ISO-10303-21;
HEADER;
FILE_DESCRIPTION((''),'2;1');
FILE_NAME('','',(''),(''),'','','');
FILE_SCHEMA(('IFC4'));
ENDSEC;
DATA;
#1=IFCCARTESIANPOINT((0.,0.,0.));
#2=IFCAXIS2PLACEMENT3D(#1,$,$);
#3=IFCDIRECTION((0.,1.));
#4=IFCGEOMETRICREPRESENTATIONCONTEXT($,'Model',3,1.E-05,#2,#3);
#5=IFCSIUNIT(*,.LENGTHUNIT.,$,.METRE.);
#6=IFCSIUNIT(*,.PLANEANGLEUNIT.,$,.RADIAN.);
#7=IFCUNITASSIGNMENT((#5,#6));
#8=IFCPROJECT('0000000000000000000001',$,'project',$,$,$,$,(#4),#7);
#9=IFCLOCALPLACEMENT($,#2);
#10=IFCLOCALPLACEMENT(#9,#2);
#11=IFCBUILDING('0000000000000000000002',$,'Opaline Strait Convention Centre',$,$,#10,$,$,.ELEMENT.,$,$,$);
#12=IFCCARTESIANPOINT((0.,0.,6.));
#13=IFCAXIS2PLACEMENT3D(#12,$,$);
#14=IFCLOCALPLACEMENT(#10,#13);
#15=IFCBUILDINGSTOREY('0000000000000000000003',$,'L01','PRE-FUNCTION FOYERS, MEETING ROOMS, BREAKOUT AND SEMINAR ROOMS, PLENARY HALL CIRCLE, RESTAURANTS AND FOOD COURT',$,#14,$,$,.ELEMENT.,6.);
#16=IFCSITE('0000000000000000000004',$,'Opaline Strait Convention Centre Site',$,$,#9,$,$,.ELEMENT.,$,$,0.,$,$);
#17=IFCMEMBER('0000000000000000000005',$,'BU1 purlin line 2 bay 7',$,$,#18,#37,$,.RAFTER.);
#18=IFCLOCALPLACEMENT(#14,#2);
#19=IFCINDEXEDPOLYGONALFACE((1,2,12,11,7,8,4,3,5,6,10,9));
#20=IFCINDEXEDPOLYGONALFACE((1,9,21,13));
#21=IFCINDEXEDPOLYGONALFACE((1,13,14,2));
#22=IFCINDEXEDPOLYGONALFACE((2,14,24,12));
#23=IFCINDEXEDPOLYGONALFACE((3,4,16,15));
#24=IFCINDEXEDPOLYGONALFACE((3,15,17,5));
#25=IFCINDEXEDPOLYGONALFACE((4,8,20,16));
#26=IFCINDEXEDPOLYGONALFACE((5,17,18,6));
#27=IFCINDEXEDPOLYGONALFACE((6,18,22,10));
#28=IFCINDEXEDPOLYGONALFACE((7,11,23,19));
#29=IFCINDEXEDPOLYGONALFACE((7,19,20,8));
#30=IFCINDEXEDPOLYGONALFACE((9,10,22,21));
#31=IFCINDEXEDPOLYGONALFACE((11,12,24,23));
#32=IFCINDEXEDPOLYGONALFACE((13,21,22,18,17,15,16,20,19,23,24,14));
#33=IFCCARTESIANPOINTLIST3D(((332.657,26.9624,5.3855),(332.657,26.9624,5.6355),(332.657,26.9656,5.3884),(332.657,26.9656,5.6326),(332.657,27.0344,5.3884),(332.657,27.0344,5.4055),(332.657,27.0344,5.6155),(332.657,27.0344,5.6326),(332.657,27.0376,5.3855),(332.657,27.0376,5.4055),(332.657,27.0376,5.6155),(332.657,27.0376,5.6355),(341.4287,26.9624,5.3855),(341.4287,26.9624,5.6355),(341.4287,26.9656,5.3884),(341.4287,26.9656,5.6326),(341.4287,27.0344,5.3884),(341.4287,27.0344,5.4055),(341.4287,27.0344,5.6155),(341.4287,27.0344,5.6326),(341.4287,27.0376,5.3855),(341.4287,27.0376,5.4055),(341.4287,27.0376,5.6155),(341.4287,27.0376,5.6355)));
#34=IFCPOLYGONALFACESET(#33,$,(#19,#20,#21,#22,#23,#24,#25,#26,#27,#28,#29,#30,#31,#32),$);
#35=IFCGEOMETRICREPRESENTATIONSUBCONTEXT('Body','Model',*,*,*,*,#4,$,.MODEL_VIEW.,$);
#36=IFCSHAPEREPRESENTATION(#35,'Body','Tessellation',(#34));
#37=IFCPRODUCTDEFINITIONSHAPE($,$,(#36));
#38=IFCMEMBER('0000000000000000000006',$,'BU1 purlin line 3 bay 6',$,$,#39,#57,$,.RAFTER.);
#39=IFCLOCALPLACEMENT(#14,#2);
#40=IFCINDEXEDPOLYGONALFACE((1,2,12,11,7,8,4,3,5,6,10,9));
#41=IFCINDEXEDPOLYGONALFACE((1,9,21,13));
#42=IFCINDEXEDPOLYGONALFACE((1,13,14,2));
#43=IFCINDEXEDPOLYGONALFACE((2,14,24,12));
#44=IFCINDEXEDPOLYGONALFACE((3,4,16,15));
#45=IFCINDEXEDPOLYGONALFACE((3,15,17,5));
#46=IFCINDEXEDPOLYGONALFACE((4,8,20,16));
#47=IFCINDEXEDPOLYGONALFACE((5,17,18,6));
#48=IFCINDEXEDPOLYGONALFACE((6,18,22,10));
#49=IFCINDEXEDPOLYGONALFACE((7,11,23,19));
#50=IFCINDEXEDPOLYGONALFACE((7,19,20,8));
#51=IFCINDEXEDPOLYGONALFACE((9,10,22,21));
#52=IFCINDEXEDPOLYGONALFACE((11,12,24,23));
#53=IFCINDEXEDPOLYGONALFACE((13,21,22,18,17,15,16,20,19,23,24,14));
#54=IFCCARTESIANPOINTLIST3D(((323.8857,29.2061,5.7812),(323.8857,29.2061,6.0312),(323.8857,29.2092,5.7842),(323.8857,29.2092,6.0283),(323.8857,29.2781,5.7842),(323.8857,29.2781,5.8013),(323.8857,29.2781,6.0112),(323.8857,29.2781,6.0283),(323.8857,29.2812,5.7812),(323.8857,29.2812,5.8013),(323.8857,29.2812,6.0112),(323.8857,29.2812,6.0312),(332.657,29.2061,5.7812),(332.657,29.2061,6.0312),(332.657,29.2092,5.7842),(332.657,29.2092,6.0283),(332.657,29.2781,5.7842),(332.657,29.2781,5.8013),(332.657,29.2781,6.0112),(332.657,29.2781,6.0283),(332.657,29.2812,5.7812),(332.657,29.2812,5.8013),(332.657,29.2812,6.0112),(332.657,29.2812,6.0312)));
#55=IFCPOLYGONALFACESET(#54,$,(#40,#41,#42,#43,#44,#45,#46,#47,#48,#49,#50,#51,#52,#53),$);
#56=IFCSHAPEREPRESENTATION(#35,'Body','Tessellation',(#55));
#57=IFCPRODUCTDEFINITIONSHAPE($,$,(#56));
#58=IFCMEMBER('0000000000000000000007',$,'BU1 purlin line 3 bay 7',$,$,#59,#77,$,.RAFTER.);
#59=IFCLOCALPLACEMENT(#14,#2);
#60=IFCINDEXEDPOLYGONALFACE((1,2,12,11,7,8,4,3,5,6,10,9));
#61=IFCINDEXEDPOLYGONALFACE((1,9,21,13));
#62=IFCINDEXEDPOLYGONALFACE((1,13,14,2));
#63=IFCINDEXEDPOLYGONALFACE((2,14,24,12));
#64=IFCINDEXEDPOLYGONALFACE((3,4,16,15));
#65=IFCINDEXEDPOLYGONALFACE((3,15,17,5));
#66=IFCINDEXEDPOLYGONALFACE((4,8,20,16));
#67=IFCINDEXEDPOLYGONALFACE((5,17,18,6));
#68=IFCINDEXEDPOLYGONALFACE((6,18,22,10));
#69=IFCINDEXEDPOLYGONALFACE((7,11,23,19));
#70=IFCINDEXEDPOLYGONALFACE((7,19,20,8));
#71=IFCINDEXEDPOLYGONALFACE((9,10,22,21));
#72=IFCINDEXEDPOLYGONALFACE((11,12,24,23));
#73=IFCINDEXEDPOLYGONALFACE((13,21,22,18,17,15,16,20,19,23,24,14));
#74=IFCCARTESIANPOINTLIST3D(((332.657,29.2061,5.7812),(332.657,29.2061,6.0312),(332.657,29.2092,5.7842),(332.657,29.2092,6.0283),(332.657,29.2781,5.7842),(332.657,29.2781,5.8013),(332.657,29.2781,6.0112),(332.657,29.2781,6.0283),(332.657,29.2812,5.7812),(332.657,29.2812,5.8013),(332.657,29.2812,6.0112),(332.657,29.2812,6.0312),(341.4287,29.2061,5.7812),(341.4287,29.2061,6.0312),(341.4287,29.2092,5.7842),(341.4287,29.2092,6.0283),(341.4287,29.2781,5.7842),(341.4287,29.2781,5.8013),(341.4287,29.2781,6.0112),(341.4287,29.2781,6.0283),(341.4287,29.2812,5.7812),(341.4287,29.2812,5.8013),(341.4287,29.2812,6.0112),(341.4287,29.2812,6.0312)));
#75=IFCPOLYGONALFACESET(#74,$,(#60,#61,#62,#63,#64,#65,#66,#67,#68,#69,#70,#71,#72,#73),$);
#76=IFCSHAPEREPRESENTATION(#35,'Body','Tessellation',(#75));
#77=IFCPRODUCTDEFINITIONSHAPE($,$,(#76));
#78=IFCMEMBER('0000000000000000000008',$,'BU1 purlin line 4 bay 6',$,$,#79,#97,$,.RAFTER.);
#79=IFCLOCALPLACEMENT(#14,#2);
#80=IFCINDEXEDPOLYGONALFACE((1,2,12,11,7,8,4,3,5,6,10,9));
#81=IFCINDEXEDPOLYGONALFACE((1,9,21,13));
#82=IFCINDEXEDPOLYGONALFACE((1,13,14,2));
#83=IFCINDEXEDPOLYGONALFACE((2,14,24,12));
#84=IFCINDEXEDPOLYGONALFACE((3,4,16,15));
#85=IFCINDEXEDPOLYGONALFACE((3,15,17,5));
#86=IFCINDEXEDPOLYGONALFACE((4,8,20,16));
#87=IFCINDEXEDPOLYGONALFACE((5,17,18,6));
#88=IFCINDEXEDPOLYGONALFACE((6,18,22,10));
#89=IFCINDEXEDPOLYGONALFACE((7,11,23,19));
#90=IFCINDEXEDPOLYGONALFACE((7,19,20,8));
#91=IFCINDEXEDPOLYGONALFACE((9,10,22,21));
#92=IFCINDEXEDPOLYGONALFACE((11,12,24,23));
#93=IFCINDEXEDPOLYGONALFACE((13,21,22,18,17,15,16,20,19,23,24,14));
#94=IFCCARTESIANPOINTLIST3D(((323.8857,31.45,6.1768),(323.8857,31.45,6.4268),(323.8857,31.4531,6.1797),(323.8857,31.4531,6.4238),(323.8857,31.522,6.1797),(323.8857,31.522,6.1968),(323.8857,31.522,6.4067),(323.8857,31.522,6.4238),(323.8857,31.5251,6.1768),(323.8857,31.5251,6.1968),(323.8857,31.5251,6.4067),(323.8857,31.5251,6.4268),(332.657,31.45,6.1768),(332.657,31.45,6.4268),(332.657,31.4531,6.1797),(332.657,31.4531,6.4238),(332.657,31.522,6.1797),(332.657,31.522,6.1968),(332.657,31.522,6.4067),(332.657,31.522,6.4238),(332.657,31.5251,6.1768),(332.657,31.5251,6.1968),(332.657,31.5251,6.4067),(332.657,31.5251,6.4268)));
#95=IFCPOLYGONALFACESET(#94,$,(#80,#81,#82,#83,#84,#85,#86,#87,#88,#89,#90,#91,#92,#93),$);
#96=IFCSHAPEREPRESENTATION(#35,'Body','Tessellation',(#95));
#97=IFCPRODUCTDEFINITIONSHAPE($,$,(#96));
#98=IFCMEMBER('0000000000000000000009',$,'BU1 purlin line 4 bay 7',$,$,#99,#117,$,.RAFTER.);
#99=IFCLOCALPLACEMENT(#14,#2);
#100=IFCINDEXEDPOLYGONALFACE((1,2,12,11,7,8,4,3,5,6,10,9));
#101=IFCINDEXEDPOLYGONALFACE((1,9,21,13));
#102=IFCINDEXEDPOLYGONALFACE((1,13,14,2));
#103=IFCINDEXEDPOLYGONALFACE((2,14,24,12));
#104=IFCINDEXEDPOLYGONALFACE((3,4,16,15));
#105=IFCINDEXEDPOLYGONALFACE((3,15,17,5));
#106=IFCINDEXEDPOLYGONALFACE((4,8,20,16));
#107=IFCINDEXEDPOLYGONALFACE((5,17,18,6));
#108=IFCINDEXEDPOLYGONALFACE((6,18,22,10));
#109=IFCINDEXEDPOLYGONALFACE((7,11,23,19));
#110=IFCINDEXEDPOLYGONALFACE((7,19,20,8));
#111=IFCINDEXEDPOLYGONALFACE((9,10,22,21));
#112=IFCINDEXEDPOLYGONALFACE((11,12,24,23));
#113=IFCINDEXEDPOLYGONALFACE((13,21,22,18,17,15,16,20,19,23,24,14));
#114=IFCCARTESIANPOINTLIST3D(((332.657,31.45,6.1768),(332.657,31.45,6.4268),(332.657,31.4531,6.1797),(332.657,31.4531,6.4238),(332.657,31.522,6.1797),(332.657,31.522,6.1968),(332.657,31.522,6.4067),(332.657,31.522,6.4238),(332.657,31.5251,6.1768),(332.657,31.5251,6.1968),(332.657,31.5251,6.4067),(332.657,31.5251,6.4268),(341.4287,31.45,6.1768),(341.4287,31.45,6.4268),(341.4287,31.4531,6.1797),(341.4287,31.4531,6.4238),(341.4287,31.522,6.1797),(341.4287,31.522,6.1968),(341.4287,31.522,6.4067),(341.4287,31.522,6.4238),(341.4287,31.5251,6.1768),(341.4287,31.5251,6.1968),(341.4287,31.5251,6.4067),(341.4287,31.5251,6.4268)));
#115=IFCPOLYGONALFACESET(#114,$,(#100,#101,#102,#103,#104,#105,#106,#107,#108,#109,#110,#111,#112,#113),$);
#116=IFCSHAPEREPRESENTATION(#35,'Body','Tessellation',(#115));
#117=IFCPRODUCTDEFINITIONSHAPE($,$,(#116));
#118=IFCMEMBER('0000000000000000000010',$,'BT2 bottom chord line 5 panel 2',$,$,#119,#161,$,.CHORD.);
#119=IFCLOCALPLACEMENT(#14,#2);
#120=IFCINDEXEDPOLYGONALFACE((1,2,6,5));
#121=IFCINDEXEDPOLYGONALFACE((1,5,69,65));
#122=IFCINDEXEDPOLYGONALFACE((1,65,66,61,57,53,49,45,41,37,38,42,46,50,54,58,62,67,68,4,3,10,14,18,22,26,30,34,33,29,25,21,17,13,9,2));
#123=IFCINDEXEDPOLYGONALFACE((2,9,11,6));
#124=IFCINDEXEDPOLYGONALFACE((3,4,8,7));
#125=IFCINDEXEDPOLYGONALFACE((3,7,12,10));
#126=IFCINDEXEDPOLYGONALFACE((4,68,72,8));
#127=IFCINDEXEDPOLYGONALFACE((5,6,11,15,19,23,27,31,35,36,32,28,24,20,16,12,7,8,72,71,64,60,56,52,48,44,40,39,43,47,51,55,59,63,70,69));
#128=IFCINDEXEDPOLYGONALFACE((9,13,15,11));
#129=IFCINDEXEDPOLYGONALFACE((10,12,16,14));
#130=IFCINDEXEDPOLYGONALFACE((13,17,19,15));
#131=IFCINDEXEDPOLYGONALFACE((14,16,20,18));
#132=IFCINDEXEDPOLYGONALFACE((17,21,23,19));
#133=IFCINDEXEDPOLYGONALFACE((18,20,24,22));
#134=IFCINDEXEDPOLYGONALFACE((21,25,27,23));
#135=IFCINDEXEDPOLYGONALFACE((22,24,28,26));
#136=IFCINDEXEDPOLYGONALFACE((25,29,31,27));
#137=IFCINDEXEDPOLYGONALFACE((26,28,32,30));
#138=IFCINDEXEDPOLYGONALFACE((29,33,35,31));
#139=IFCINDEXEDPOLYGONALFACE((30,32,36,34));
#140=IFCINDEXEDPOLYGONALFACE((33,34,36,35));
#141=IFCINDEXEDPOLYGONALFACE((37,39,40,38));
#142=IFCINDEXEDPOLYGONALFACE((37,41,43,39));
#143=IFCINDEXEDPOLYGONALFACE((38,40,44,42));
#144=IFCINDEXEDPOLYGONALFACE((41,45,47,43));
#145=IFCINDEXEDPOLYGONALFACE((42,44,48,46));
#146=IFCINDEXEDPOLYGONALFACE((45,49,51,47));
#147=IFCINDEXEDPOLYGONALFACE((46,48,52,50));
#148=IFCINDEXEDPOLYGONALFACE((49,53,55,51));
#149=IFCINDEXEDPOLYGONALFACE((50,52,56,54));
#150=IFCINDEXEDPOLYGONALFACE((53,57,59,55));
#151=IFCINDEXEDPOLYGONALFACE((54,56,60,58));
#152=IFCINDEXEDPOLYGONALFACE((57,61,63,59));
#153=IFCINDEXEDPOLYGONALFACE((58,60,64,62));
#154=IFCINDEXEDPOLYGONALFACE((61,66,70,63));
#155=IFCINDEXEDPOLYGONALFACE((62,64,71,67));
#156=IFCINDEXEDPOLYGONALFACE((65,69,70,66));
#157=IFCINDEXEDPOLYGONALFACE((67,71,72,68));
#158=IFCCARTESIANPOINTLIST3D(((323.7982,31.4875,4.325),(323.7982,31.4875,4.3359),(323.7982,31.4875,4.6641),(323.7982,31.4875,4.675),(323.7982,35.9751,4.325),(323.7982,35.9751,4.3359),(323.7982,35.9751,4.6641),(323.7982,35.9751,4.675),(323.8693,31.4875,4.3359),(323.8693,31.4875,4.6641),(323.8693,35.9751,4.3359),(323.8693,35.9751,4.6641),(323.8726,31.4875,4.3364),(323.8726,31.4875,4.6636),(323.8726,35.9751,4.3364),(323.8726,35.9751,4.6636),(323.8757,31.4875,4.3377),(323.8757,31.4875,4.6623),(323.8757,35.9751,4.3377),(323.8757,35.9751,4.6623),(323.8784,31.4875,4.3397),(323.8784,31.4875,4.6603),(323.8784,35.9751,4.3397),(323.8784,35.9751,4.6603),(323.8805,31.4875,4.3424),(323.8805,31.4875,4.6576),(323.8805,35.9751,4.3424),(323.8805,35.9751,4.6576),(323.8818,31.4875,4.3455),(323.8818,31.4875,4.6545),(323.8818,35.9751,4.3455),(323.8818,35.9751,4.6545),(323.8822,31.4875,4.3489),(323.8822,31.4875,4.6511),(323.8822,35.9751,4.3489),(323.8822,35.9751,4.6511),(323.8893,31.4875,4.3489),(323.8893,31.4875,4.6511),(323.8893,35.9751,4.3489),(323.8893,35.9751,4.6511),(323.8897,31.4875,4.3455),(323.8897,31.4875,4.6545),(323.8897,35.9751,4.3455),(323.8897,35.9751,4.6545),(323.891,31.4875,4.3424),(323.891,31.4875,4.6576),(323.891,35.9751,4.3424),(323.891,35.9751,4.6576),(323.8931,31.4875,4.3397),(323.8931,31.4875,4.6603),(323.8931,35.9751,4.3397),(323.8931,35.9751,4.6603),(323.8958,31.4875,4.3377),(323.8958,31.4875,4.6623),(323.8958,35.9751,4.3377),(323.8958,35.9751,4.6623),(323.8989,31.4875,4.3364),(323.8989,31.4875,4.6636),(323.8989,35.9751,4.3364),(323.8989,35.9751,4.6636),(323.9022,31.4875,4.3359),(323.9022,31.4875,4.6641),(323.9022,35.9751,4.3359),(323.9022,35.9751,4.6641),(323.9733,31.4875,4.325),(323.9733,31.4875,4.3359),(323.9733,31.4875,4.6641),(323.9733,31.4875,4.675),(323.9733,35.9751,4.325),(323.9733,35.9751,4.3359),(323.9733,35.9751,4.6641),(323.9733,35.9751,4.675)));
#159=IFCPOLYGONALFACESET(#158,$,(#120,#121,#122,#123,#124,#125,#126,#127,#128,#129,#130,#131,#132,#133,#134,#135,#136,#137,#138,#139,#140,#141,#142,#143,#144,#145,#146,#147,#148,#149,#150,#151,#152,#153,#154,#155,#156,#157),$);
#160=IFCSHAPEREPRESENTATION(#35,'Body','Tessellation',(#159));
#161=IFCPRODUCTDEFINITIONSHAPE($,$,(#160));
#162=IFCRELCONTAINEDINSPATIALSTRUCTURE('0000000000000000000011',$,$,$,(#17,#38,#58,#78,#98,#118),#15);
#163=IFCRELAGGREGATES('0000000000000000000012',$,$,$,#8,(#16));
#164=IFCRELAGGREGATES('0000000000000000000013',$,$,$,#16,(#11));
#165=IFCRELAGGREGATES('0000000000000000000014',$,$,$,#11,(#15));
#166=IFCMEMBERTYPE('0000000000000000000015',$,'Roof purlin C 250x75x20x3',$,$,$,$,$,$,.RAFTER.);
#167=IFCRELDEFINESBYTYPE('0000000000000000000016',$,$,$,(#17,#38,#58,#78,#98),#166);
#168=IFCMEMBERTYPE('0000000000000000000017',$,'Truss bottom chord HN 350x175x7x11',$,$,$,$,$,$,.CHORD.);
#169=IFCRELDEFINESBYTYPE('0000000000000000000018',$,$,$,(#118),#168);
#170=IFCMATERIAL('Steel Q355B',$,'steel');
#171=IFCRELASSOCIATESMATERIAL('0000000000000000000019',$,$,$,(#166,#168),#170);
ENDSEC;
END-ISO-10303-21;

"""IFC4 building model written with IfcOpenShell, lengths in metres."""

from ifc_helpers import new_model, si_unit, direction, frame, origin, origin_2d, place, context, subcontext, project, spatial, polyline, i_section, outline, extrude, material, material_profile, profile_set, type_object, element, save


model = new_model("IFC4")

# Units and contexts
model_context = context("Model", 3, precision=1e-05, world=origin(), true_north=direction((0.0, 1.0)))
body_context = subcontext(model_context, "Body", "Model", "MODEL_VIEW")
ifc_project = project(units=[si_unit("LENGTHUNIT", "METRE"), si_unit("PLANEANGLEUNIT", "RADIAN")], contexts=[model_context])

# Site, building, storey
site_placement = place(None, origin())
site = spatial("IfcSite", under=ifc_project, at=site_placement, Name="Opaline Strait Convention Centre Site", CompositionType="ELEMENT", RefElevation=0.0)
building_placement = place(site_placement, origin())
building = spatial("IfcBuilding", under=site, at=building_placement, Name="Opaline Strait Convention Centre", CompositionType="ELEMENT")
storey_placement = place(building_placement, frame((0.0, 0.0, 6.0)))
storey = spatial("IfcBuildingStorey", under=building, at=storey_placement, Name="L01", Description="PRE-FUNCTION FOYERS, MEETING ROOMS, BREAKOUT AND SEMINAR ROOMS, PLENARY HALL CIRCLE, RESTAURANTS AND FOOD COURT", CompositionType="ELEMENT", Elevation=6.0)

# Members
ifc_material_1 = material(Name="Steel Q355B", Category="steel")
ifc_material_profile_1 = material_profile(ifc_material_1, outline(polyline([(-0.0376, -0.125), (0.0376, -0.125), (0.0376, -0.105), (0.0344, -0.105), (0.0344, -0.1221), (-0.0344, -0.1221), (-0.0344, 0.1221), (0.0344, 0.1221), (0.0344, 0.105), (0.0376, 0.105), (0.0376, 0.125), (-0.0376, 0.125), (-0.0376, -0.125)])), Name="C 250x75x20x3")
ifc_profile_set_1 = profile_set([ifc_material_profile_1], Name="Steel Q355B")
member_type_1 = type_object("IfcMemberType", Name="Roof purlin C 250x75x20x3", PredefinedType="RAFTER", material=ifc_profile_set_1)
member_1_placement = place(storey_placement, frame((332.657, 27.0, 5.5105), z_axis=(1.0, 0.0, 0.0), x_axis=(0.0, 1.0, 0.0)))
element("IfcMember", 1, at=member_1_placement, inside=storey, type_object=member_type_1, Name="BU1 purlin line 2 bay 7", PredefinedType="RAFTER", context=body_context, shape_type="SweptSolid", body=[
    extrude(outline(polyline([(-0.0376, -0.125), (0.0376, -0.125), (0.0376, -0.105), (0.0344, -0.105), (0.0344, -0.1221), (-0.0344, -0.1221), (-0.0344, 0.1221), (0.0344, 0.1221), (0.0344, 0.105), (0.0376, 0.105), (0.0376, 0.125), (-0.0376, 0.125), (-0.0376, -0.125)])), origin(), (0.0, 0.0, 1.0), 8.7717),
])
member_2_placement = place(storey_placement, frame((323.8857, 29.2437, 5.9062), z_axis=(1.0, 0.0, 0.0), x_axis=(0.0, 1.0, 0.0)))
element("IfcMember", 2, at=member_2_placement, inside=storey, type_object=member_type_1, Name="BU1 purlin line 3 bay 6", PredefinedType="RAFTER", context=body_context, shape_type="SweptSolid", body=[
    extrude(outline(polyline([(-0.0376, -0.125), (0.0376, -0.125), (0.0376, -0.105), (0.0344, -0.105), (0.0344, -0.1221), (-0.0344, -0.1221), (-0.0344, 0.1221), (0.0344, 0.1221), (0.0344, 0.105), (0.0376, 0.105), (0.0376, 0.125), (-0.0376, 0.125), (-0.0376, -0.125)])), origin(), (0.0, 0.0, 1.0), 8.7712),
])
member_3_placement = place(storey_placement, frame((332.657, 29.2437, 5.9062), z_axis=(1.0, 0.0, 0.0), x_axis=(0.0, 1.0, 0.0)))
element("IfcMember", 3, at=member_3_placement, inside=storey, type_object=member_type_1, Name="BU1 purlin line 3 bay 7", PredefinedType="RAFTER", context=body_context, shape_type="SweptSolid", body=[
    extrude(outline(polyline([(-0.0376, -0.125), (0.0376, -0.125), (0.0376, -0.105), (0.0344, -0.105), (0.0344, -0.1221), (-0.0344, -0.1221), (-0.0344, 0.1221), (0.0344, 0.1221), (0.0344, 0.105), (0.0376, 0.105), (0.0376, 0.125), (-0.0376, 0.125), (-0.0376, -0.125)])), origin(), (0.0, 0.0, 1.0), 8.7717),
])
member_4_placement = place(storey_placement, frame((323.8857, 31.4875, 6.3018), z_axis=(1.0, 0.0, 0.0), x_axis=(0.0, 1.0, 0.0)))
element("IfcMember", 4, at=member_4_placement, inside=storey, type_object=member_type_1, Name="BU1 purlin line 4 bay 6", PredefinedType="RAFTER", context=body_context, shape_type="SweptSolid", body=[
    extrude(outline(polyline([(-0.0376, -0.125), (0.0376, -0.125), (0.0376, -0.105), (0.0344, -0.105), (0.0344, -0.1221), (-0.0344, -0.1221), (-0.0344, 0.1221), (0.0344, 0.1221), (0.0344, 0.105), (0.0376, 0.105), (0.0376, 0.125), (-0.0376, 0.125), (-0.0376, -0.125)])), origin(), (0.0, 0.0, 1.0), 8.7712),
])
member_5_placement = place(storey_placement, frame((332.657, 31.4875, 6.3018), z_axis=(1.0, 0.0, 0.0), x_axis=(0.0, 1.0, 0.0)))
element("IfcMember", 5, at=member_5_placement, inside=storey, type_object=member_type_1, Name="BU1 purlin line 4 bay 7", PredefinedType="RAFTER", context=body_context, shape_type="SweptSolid", body=[
    extrude(outline(polyline([(-0.0376, -0.125), (0.0376, -0.125), (0.0376, -0.105), (0.0344, -0.105), (0.0344, -0.1221), (-0.0344, -0.1221), (-0.0344, 0.1221), (0.0344, 0.1221), (0.0344, 0.105), (0.0376, 0.105), (0.0376, 0.125), (-0.0376, 0.125), (-0.0376, -0.125)])), origin(), (0.0, 0.0, 1.0), 8.7717),
])
ifc_material_profile_2 = material_profile(ifc_material_1, i_section(OverallWidth=0.175, OverallDepth=0.3501, WebThickness=0.0071, FlangeThickness=0.011, FilletRadius=0.0129, at=origin_2d()), Name="HN 350x175x7x11")
ifc_profile_set_2 = profile_set([ifc_material_profile_2], Name="Steel Q355B")
member_type_2 = type_object("IfcMemberType", Name="Truss bottom chord HN 350x175x7x11", PredefinedType="CHORD", material=ifc_profile_set_2)
for number, where, z_axis, x_axis, name in (
    (6, (323.8857, 31.4875, 4.5), (0.0, 1.0, 0.0), (-1.0, 0.0, 0.0), "BT2 bottom chord line 5 panel 2"),
):
    element("IfcMember", number, at=place(storey_placement, frame(where, z_axis=z_axis, x_axis=x_axis)), inside=storey, type_object=member_type_2, Name=name, PredefinedType="CHORD", context=body_context, shape_type="SweptSolid", body=[
        extrude(i_section(OverallWidth=0.175, OverallDepth=0.3501, WebThickness=0.0071, FlangeThickness=0.011, FilletRadius=0.0129, at=origin_2d()), origin(), (0.0, 0.0, 1.0), 4.4875),
    ])

save(model, "model.ifc")
